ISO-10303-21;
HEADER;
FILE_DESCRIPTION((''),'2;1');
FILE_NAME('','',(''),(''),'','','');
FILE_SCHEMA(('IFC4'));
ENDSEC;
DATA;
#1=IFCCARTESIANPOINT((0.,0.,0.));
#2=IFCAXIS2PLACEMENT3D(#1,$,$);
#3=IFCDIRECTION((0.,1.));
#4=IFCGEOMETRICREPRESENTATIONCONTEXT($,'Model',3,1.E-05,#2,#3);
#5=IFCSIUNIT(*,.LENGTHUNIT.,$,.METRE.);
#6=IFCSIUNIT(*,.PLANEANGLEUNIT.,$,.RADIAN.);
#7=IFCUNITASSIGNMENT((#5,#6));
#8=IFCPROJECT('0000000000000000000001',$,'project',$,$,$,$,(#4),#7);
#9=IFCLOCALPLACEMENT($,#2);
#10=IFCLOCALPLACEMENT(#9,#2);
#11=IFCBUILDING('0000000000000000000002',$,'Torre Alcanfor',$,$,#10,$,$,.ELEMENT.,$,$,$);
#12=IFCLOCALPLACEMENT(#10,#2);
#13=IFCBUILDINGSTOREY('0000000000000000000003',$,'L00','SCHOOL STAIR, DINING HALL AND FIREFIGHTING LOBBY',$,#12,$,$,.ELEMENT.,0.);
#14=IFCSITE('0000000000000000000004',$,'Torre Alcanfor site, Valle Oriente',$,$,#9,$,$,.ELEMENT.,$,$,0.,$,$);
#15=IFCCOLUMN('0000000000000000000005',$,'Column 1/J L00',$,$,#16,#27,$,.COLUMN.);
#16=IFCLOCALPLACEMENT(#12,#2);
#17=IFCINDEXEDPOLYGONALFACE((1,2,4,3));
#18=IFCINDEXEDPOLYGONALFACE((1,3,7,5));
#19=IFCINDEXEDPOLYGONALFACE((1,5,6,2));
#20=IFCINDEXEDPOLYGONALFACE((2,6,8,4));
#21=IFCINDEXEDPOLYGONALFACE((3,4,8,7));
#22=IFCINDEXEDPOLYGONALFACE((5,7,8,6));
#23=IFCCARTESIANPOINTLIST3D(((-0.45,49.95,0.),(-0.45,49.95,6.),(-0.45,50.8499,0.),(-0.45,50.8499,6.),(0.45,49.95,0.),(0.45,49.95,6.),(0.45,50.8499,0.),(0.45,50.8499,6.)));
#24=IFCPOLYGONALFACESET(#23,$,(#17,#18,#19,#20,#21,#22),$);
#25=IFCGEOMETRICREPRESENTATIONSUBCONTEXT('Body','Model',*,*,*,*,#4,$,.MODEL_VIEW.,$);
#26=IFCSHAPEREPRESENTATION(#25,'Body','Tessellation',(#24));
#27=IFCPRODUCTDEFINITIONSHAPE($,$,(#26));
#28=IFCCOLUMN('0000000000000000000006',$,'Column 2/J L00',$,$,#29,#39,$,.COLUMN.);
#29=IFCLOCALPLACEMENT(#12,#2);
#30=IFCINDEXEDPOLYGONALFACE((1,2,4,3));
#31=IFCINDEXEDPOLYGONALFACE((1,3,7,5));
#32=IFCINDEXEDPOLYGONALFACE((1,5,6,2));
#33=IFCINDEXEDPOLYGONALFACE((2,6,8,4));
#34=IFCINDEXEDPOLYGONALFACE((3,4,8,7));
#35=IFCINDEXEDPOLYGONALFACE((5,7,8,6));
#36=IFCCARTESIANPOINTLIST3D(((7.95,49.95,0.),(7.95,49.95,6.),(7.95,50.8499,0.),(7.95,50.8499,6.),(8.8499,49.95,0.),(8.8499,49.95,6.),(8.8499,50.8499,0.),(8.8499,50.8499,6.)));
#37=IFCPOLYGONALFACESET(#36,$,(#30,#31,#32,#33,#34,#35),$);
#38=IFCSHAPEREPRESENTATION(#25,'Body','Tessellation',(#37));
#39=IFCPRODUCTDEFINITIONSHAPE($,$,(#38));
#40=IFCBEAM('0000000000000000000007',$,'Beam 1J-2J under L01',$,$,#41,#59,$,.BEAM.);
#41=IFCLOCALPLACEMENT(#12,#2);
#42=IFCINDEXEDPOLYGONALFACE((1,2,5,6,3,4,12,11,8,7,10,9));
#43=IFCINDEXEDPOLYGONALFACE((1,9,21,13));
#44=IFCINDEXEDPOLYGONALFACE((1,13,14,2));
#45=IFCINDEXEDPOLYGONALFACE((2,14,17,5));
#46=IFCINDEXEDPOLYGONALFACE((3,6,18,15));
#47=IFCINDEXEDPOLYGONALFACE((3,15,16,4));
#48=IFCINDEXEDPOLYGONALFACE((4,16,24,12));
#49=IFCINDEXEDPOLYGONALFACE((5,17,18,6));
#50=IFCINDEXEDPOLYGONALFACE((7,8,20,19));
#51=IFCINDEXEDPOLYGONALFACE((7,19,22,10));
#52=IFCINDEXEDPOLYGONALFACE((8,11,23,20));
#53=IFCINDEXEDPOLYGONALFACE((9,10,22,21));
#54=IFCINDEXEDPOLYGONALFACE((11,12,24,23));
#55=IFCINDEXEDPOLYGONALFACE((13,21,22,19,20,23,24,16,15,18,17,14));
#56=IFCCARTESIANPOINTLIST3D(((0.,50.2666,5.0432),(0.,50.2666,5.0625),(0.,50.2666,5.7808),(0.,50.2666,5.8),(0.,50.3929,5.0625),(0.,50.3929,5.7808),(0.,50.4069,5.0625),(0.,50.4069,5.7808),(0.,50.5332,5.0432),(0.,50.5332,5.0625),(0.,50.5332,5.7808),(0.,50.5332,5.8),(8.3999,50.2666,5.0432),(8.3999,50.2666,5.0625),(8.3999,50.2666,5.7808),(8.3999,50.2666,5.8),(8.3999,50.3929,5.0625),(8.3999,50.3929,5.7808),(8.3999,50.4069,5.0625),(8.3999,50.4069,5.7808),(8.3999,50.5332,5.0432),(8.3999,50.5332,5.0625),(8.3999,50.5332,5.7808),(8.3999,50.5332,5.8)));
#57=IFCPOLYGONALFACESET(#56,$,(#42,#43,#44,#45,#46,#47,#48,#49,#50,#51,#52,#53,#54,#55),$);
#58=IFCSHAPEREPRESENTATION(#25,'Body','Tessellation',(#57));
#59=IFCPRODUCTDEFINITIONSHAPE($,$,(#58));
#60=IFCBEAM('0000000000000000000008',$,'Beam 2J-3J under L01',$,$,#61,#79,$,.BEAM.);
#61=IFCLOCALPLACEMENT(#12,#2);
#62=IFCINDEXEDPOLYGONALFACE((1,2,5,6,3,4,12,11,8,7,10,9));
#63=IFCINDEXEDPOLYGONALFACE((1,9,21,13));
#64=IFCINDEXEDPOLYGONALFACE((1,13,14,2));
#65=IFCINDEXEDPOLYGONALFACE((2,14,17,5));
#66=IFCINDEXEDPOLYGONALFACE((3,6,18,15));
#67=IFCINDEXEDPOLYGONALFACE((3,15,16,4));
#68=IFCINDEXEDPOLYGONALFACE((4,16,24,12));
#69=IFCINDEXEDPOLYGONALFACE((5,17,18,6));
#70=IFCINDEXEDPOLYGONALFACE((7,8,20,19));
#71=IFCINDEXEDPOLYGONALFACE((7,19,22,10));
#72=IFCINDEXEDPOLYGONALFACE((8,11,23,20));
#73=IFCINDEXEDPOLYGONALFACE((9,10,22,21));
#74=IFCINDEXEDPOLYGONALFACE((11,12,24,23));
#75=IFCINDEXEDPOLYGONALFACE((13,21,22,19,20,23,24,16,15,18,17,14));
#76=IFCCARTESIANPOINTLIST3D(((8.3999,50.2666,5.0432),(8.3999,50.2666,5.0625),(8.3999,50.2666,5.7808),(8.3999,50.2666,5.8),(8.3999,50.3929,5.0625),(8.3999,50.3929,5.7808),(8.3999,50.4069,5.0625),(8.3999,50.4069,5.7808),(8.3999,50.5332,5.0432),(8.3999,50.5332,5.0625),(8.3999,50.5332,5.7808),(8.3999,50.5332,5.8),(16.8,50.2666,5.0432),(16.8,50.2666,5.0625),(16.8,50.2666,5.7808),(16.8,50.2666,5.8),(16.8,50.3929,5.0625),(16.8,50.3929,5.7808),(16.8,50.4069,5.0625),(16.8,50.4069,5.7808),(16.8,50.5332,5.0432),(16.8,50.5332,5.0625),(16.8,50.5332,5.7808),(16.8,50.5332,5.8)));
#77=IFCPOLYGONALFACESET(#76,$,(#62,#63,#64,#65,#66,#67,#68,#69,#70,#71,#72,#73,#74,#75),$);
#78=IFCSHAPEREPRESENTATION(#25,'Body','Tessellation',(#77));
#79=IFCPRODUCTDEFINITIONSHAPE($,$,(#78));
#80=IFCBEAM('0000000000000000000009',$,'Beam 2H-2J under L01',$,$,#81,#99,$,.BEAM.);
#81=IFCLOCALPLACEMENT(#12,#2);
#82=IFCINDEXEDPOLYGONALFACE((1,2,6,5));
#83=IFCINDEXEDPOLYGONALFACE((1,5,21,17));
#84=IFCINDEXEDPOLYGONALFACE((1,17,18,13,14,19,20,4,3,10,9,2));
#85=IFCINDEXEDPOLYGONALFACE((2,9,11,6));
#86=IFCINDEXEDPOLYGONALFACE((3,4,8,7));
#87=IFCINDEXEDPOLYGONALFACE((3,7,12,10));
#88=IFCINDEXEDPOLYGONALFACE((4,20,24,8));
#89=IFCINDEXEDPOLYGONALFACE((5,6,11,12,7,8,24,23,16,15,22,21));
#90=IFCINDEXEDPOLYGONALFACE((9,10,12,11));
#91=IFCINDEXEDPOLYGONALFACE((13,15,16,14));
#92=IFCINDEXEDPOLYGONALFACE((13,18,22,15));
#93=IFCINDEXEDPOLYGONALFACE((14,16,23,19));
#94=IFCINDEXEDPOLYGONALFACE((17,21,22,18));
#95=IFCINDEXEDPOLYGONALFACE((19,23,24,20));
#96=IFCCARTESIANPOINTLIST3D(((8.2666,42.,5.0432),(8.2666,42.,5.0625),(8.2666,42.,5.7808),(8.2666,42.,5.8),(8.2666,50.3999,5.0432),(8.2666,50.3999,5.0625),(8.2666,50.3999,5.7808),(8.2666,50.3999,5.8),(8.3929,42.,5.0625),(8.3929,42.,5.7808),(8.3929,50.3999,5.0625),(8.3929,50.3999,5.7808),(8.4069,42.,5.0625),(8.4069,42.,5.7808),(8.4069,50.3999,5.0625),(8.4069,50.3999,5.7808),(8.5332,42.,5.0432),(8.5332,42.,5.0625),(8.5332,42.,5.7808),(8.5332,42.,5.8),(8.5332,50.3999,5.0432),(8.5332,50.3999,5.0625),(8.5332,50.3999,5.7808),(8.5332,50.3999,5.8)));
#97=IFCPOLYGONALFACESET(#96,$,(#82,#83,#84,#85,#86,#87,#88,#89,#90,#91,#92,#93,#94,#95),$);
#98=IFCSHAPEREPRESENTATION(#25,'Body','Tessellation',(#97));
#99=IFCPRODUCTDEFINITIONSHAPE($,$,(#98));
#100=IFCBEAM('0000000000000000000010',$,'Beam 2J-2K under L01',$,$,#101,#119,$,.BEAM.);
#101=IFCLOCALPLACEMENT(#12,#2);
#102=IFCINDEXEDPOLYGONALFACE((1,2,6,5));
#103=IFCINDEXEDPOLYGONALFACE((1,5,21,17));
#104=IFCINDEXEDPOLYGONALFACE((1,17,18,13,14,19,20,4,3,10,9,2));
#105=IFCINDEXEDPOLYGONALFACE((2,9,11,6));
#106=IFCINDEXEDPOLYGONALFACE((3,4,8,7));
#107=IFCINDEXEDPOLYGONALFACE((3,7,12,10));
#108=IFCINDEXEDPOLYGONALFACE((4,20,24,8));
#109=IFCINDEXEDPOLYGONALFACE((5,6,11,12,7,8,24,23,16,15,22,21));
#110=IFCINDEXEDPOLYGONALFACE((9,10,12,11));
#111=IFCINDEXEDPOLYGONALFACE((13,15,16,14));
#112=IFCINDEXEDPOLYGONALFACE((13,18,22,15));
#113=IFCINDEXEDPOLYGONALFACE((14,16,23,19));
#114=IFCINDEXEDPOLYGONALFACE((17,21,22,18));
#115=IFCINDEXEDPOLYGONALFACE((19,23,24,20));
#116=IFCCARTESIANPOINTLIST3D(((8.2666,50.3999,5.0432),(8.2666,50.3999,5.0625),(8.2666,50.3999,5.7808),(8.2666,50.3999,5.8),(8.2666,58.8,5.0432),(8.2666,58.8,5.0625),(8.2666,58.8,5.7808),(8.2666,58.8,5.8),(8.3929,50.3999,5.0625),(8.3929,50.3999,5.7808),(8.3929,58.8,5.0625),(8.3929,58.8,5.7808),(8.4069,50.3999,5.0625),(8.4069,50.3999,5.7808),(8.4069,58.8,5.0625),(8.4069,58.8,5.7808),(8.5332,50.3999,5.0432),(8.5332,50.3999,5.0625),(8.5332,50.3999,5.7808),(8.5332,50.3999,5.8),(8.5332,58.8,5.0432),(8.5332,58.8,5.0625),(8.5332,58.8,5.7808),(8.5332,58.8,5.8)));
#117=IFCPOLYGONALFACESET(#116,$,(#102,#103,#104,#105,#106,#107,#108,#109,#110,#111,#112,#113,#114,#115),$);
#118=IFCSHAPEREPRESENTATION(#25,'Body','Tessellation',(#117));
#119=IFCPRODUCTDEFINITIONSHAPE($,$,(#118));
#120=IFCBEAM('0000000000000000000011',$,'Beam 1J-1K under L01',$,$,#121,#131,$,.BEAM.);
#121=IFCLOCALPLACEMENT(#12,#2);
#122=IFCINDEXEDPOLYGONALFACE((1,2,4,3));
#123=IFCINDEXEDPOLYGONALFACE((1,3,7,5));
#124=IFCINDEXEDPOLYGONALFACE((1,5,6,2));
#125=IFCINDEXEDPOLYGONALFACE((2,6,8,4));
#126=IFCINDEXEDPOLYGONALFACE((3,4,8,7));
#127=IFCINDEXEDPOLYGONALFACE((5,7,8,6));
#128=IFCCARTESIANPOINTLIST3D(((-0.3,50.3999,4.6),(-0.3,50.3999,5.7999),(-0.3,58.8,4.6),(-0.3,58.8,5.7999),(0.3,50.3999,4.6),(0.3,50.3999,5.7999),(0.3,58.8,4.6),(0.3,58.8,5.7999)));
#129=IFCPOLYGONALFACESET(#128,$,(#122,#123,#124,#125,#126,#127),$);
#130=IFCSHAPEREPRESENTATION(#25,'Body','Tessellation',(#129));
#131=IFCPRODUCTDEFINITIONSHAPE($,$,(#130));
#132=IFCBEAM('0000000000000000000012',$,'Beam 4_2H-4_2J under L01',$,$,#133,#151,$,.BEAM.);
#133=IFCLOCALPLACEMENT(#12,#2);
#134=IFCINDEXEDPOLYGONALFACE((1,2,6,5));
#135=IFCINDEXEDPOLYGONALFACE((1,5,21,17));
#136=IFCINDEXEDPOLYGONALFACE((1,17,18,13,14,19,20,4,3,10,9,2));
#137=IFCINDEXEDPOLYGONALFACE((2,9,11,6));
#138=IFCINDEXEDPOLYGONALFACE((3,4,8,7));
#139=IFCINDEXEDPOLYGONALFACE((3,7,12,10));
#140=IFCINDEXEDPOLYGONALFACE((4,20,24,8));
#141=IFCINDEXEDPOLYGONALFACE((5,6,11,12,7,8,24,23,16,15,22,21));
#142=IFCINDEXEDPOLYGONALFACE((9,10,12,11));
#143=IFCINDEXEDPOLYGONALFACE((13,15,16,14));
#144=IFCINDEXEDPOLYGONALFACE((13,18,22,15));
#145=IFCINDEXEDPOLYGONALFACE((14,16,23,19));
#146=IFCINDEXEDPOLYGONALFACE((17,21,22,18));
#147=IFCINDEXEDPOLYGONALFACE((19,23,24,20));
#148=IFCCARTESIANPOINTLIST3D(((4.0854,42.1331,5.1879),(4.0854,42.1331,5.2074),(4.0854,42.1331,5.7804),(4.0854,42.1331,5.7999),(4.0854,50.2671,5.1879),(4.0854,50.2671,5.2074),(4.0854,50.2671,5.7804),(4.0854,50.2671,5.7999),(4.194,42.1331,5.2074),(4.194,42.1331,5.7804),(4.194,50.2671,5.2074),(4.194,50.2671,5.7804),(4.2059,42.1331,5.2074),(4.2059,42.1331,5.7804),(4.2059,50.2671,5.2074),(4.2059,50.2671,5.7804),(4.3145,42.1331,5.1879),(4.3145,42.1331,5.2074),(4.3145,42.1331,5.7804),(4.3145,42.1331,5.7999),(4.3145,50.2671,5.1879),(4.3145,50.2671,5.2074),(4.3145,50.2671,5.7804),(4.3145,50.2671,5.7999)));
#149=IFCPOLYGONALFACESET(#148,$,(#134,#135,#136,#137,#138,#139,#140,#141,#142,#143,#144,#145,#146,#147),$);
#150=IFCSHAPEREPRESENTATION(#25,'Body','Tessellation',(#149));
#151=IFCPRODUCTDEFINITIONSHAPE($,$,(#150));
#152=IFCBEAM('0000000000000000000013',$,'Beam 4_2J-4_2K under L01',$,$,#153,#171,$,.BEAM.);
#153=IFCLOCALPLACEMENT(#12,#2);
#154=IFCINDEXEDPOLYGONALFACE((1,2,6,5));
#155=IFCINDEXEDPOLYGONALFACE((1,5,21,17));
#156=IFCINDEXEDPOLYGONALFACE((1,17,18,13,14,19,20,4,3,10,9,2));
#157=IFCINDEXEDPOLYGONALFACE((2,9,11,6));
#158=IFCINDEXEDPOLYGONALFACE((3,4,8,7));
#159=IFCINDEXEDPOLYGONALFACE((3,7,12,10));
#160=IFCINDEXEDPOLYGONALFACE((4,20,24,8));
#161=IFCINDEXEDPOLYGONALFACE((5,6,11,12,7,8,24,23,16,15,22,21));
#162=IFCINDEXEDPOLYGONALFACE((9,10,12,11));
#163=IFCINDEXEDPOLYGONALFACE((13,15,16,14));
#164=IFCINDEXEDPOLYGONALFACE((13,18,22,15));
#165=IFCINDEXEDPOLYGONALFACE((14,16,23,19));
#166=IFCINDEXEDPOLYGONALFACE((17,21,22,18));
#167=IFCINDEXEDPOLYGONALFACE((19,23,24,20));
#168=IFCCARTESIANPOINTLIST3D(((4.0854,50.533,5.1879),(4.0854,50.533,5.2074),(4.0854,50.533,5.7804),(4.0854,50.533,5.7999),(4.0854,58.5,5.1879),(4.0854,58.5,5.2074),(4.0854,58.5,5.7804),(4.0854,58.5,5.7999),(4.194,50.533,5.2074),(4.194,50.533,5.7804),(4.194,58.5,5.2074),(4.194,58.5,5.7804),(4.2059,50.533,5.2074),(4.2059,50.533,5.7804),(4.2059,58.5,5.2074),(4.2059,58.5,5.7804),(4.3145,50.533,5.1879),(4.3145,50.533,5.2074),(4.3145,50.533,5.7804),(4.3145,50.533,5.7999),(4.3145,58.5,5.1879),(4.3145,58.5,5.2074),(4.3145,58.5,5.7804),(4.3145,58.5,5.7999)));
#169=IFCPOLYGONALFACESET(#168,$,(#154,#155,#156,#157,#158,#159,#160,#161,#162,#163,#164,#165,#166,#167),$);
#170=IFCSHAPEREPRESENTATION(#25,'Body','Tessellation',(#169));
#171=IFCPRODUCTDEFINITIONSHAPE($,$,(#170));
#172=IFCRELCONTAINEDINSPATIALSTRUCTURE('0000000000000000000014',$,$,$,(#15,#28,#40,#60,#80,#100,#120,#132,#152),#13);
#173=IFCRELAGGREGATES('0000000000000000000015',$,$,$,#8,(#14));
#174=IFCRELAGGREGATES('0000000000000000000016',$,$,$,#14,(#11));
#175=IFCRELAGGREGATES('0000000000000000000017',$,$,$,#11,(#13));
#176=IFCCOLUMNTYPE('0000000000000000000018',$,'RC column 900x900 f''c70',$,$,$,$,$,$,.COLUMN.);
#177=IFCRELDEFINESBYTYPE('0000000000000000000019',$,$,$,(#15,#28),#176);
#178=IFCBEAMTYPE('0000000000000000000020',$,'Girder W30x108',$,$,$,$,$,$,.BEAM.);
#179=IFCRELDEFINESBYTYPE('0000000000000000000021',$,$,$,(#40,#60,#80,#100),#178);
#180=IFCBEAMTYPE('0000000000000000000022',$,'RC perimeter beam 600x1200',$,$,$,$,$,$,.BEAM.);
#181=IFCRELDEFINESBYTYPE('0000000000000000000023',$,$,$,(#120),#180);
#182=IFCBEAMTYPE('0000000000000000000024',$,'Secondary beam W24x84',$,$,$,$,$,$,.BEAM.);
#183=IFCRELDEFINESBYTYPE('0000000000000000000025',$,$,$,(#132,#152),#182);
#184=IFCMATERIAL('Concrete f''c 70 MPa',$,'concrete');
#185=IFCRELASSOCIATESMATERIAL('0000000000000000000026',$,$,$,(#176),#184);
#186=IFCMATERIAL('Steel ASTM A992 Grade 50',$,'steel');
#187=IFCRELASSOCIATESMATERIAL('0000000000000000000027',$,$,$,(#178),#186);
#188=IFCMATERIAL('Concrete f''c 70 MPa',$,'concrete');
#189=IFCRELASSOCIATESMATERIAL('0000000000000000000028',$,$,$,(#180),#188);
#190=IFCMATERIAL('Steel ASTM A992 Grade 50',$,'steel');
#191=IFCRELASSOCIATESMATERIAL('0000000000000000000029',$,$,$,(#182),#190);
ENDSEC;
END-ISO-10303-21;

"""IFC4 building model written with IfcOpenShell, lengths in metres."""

from ifc_helpers import new_model, si_unit, direction, frame, origin, origin_2d, place, context, subcontext, project, spatial, rectangle, i_section, extrude, material, material_profile, profile_set, type_object, element, save


model = new_model("IFC4")

# Units and contexts
model_context = context("Model", 3, precision=1e-05, world=origin(), true_north=direction((0.0, 1.0)))
body_context = subcontext(model_context, "Body", "Model", "MODEL_VIEW")
ifc_project = project(units=[si_unit("LENGTHUNIT", "METRE"), si_unit("PLANEANGLEUNIT", "RADIAN")], contexts=[model_context])

# Site, building, storey
site_placement = place(None, origin())
site = spatial("IfcSite", under=ifc_project, at=site_placement, Name="Torre Alcanfor site, Valle Oriente", CompositionType="ELEMENT", RefElevation=0.0)
building_placement = place(site_placement, origin())
building = spatial("IfcBuilding", under=site, at=building_placement, Name="Torre Alcanfor", CompositionType="ELEMENT")
storey_placement = place(building_placement, origin())
storey = spatial("IfcBuildingStorey", under=building, at=storey_placement, Name="L00", Description="SCHOOL STAIR, DINING HALL AND FIREFIGHTING LOBBY", CompositionType="ELEMENT", Elevation=0.0)

# Columns
ifc_material_1 = material(Name="Concrete f'c 70 MPa", Category="concrete")
ifc_material_profile_1 = material_profile(ifc_material_1, rectangle(XDim=0.8999, YDim=0.8999, at=origin_2d()), Name="900x900")
ifc_profile_set_1 = profile_set([ifc_material_profile_1], Name="Concrete f'c 70 MPa")
column_type = type_object("IfcColumnType", Name="RC column 900x900 f'c70", PredefinedType="COLUMN", material=ifc_profile_set_1)
for number, where, z_axis, x_axis, name in (
    (1, (0.0, 50.3999, 0.0), (0.0, 0.0, 1.0), (1.0, 0.0, 0.0), "Column 1/J L00"),
    (2, (8.3999, 50.3999, 0.0), (0.0, 0.0, 1.0), (1.0, 0.0, 0.0), "Column 2/J L00"),
):
    element("IfcColumn", number, at=place(storey_placement, frame(where, z_axis=z_axis, x_axis=x_axis)), inside=storey, type_object=column_type, Name=name, PredefinedType="COLUMN", context=body_context, shape_type="SweptSolid", body=[
        extrude(rectangle(XDim=0.8999, YDim=0.8999, at=origin_2d()), origin(), (0.0, 0.0, 1.0), 6.0),
    ])

# Beams
ifc_material_2 = material(Name="Steel ASTM A992 Grade 50", Category="steel")
ifc_material_profile_2 = material_profile(ifc_material_2, i_section(OverallWidth=0.2666, OverallDepth=0.7568, WebThickness=0.0139, FlangeThickness=0.0193, at=origin_2d()), Name="W30x108")
ifc_profile_set_2 = profile_set([ifc_material_profile_2], Name="Steel ASTM A992 Grade 50")
beam_type_1 = type_object("IfcBeamType", Name="Girder W30x108", PredefinedType="BEAM", material=ifc_profile_set_2)
beam_1_placement = place(storey_placement, frame((0.0, 50.3999, 5.4216), z_axis=(1.0, 0.0, 0.0), x_axis=(0.0, 1.0, 0.0)))
element("IfcBeam", 3, at=beam_1_placement, inside=storey, type_object=beam_type_1, Name="Beam 1J-2J under L01", PredefinedType="BEAM", context=body_context, shape_type="SweptSolid", body=[
    extrude(i_section(OverallWidth=0.2666, OverallDepth=0.7568, WebThickness=0.0139, FlangeThickness=0.0193, at=origin_2d()), origin(), (0.0, 0.0, 1.0), 8.3999),
])
beam_2_placement = place(storey_placement, frame((8.3999, 50.3999, 5.4216), z_axis=(1.0, 0.0, 0.0), x_axis=(0.0, 1.0, 0.0)))
element("IfcBeam", 4, at=beam_2_placement, inside=storey, type_object=beam_type_1, Name="Beam 2J-3J under L01", PredefinedType="BEAM", context=body_context, shape_type="SweptSolid", body=[
    extrude(i_section(OverallWidth=0.2666, OverallDepth=0.7568, WebThickness=0.0139, FlangeThickness=0.0193, at=origin_2d()), origin(), (0.0, 0.0, 1.0), 8.4001),
])
beam_3_placement = place(storey_placement, frame((8.3999, 42.0, 5.4216), z_axis=(0.0, 1.0, 0.0), x_axis=(-1.0, 0.0, 0.0)))
element("IfcBeam", 5, at=beam_3_placement, inside=storey, type_object=beam_type_1, Name="Beam 2H-2J under L01", PredefinedType="BEAM", context=body_context, shape_type="SweptSolid", body=[
    extrude(i_section(OverallWidth=0.2666, OverallDepth=0.7568, WebThickness=0.0139, FlangeThickness=0.0193, at=origin_2d()), origin(), (0.0, 0.0, 1.0), 8.3999),
])
beam_4_placement = place(storey_placement, frame((8.3999, 50.3999, 5.4216), z_axis=(0.0, 1.0, 0.0), x_axis=(-1.0, 0.0, 0.0)))
element("IfcBeam", 6, at=beam_4_placement, inside=storey, type_object=beam_type_1, Name="Beam 2J-2K under L01", PredefinedType="BEAM", context=body_context, shape_type="SweptSolid", body=[
    extrude(i_section(OverallWidth=0.2666, OverallDepth=0.7568, WebThickness=0.0139, FlangeThickness=0.0193, at=origin_2d()), origin(), (0.0, 0.0, 1.0), 8.4001),
])
ifc_material_3 = material(Name="Concrete f'c 70 MPa", Category="concrete")
ifc_material_profile_3 = material_profile(ifc_material_3, rectangle(XDim=0.6001, YDim=1.2, at=origin_2d()), Name="600x1200")
ifc_profile_set_3 = profile_set([ifc_material_profile_3], Name="Concrete f'c 70 MPa")
beam_type_2 = type_object("IfcBeamType", Name="RC perimeter beam 600x1200", PredefinedType="BEAM", material=ifc_profile_set_3)
beam_5_placement = place(storey_placement, frame((0.0, 50.3999, 5.2), z_axis=(0.0, 1.0, 0.0), x_axis=(-1.0, 0.0, 0.0)))
element("IfcBeam", 7, at=beam_5_placement, inside=storey, type_object=beam_type_2, Name="Beam 1J-1K under L01", PredefinedType="BEAM", context=body_context, shape_type="SweptSolid", body=[
    extrude(rectangle(XDim=0.6001, YDim=1.2, at=origin_2d()), origin(), (0.0, 0.0, 1.0), 8.4001),
])
ifc_material_4 = material(Name="Steel ASTM A992 Grade 50", Category="steel")
ifc_material_profile_4 = material_profile(ifc_material_4, i_section(OverallWidth=0.229, OverallDepth=0.6121, WebThickness=0.012, FlangeThickness=0.0195, at=origin_2d()), Name="W24x84")
ifc_profile_set_4 = profile_set([ifc_material_profile_4], Name="Steel ASTM A992 Grade 50")
beam_type_3 = type_object("IfcBeamType", Name="Secondary beam W24x84", PredefinedType="BEAM", material=ifc_profile_set_4)
beam_6_placement = place(storey_placement, frame((4.2, 42.1331, 5.4939), z_axis=(0.0, 1.0, 0.0), x_axis=(-1.0, 0.0, 0.0)))
element("IfcBeam", 8, at=beam_6_placement, inside=storey, type_object=beam_type_3, Name="Beam 4_2H-4_2J under L01", PredefinedType="BEAM", context=body_context, shape_type="SweptSolid", body=[
    extrude(i_section(OverallWidth=0.229, OverallDepth=0.6121, WebThickness=0.012, FlangeThickness=0.0195, at=origin_2d()), origin(), (0.0, 0.0, 1.0), 8.134),
])
beam_7_placement = place(storey_placement, frame((4.2, 50.533, 5.4939), z_axis=(0.0, 1.0, 0.0), x_axis=(-1.0, 0.0, 0.0)))
element("IfcBeam", 9, at=beam_7_placement, inside=storey, type_object=beam_type_3, Name="Beam 4_2J-4_2K under L01", PredefinedType="BEAM", context=body_context, shape_type="SweptSolid", body=[
    extrude(i_section(OverallWidth=0.229, OverallDepth=0.6121, WebThickness=0.012, FlangeThickness=0.0195, at=origin_2d()), origin(), (0.0, 0.0, 1.0), 7.967),
])

save(model, "model.ifc")
